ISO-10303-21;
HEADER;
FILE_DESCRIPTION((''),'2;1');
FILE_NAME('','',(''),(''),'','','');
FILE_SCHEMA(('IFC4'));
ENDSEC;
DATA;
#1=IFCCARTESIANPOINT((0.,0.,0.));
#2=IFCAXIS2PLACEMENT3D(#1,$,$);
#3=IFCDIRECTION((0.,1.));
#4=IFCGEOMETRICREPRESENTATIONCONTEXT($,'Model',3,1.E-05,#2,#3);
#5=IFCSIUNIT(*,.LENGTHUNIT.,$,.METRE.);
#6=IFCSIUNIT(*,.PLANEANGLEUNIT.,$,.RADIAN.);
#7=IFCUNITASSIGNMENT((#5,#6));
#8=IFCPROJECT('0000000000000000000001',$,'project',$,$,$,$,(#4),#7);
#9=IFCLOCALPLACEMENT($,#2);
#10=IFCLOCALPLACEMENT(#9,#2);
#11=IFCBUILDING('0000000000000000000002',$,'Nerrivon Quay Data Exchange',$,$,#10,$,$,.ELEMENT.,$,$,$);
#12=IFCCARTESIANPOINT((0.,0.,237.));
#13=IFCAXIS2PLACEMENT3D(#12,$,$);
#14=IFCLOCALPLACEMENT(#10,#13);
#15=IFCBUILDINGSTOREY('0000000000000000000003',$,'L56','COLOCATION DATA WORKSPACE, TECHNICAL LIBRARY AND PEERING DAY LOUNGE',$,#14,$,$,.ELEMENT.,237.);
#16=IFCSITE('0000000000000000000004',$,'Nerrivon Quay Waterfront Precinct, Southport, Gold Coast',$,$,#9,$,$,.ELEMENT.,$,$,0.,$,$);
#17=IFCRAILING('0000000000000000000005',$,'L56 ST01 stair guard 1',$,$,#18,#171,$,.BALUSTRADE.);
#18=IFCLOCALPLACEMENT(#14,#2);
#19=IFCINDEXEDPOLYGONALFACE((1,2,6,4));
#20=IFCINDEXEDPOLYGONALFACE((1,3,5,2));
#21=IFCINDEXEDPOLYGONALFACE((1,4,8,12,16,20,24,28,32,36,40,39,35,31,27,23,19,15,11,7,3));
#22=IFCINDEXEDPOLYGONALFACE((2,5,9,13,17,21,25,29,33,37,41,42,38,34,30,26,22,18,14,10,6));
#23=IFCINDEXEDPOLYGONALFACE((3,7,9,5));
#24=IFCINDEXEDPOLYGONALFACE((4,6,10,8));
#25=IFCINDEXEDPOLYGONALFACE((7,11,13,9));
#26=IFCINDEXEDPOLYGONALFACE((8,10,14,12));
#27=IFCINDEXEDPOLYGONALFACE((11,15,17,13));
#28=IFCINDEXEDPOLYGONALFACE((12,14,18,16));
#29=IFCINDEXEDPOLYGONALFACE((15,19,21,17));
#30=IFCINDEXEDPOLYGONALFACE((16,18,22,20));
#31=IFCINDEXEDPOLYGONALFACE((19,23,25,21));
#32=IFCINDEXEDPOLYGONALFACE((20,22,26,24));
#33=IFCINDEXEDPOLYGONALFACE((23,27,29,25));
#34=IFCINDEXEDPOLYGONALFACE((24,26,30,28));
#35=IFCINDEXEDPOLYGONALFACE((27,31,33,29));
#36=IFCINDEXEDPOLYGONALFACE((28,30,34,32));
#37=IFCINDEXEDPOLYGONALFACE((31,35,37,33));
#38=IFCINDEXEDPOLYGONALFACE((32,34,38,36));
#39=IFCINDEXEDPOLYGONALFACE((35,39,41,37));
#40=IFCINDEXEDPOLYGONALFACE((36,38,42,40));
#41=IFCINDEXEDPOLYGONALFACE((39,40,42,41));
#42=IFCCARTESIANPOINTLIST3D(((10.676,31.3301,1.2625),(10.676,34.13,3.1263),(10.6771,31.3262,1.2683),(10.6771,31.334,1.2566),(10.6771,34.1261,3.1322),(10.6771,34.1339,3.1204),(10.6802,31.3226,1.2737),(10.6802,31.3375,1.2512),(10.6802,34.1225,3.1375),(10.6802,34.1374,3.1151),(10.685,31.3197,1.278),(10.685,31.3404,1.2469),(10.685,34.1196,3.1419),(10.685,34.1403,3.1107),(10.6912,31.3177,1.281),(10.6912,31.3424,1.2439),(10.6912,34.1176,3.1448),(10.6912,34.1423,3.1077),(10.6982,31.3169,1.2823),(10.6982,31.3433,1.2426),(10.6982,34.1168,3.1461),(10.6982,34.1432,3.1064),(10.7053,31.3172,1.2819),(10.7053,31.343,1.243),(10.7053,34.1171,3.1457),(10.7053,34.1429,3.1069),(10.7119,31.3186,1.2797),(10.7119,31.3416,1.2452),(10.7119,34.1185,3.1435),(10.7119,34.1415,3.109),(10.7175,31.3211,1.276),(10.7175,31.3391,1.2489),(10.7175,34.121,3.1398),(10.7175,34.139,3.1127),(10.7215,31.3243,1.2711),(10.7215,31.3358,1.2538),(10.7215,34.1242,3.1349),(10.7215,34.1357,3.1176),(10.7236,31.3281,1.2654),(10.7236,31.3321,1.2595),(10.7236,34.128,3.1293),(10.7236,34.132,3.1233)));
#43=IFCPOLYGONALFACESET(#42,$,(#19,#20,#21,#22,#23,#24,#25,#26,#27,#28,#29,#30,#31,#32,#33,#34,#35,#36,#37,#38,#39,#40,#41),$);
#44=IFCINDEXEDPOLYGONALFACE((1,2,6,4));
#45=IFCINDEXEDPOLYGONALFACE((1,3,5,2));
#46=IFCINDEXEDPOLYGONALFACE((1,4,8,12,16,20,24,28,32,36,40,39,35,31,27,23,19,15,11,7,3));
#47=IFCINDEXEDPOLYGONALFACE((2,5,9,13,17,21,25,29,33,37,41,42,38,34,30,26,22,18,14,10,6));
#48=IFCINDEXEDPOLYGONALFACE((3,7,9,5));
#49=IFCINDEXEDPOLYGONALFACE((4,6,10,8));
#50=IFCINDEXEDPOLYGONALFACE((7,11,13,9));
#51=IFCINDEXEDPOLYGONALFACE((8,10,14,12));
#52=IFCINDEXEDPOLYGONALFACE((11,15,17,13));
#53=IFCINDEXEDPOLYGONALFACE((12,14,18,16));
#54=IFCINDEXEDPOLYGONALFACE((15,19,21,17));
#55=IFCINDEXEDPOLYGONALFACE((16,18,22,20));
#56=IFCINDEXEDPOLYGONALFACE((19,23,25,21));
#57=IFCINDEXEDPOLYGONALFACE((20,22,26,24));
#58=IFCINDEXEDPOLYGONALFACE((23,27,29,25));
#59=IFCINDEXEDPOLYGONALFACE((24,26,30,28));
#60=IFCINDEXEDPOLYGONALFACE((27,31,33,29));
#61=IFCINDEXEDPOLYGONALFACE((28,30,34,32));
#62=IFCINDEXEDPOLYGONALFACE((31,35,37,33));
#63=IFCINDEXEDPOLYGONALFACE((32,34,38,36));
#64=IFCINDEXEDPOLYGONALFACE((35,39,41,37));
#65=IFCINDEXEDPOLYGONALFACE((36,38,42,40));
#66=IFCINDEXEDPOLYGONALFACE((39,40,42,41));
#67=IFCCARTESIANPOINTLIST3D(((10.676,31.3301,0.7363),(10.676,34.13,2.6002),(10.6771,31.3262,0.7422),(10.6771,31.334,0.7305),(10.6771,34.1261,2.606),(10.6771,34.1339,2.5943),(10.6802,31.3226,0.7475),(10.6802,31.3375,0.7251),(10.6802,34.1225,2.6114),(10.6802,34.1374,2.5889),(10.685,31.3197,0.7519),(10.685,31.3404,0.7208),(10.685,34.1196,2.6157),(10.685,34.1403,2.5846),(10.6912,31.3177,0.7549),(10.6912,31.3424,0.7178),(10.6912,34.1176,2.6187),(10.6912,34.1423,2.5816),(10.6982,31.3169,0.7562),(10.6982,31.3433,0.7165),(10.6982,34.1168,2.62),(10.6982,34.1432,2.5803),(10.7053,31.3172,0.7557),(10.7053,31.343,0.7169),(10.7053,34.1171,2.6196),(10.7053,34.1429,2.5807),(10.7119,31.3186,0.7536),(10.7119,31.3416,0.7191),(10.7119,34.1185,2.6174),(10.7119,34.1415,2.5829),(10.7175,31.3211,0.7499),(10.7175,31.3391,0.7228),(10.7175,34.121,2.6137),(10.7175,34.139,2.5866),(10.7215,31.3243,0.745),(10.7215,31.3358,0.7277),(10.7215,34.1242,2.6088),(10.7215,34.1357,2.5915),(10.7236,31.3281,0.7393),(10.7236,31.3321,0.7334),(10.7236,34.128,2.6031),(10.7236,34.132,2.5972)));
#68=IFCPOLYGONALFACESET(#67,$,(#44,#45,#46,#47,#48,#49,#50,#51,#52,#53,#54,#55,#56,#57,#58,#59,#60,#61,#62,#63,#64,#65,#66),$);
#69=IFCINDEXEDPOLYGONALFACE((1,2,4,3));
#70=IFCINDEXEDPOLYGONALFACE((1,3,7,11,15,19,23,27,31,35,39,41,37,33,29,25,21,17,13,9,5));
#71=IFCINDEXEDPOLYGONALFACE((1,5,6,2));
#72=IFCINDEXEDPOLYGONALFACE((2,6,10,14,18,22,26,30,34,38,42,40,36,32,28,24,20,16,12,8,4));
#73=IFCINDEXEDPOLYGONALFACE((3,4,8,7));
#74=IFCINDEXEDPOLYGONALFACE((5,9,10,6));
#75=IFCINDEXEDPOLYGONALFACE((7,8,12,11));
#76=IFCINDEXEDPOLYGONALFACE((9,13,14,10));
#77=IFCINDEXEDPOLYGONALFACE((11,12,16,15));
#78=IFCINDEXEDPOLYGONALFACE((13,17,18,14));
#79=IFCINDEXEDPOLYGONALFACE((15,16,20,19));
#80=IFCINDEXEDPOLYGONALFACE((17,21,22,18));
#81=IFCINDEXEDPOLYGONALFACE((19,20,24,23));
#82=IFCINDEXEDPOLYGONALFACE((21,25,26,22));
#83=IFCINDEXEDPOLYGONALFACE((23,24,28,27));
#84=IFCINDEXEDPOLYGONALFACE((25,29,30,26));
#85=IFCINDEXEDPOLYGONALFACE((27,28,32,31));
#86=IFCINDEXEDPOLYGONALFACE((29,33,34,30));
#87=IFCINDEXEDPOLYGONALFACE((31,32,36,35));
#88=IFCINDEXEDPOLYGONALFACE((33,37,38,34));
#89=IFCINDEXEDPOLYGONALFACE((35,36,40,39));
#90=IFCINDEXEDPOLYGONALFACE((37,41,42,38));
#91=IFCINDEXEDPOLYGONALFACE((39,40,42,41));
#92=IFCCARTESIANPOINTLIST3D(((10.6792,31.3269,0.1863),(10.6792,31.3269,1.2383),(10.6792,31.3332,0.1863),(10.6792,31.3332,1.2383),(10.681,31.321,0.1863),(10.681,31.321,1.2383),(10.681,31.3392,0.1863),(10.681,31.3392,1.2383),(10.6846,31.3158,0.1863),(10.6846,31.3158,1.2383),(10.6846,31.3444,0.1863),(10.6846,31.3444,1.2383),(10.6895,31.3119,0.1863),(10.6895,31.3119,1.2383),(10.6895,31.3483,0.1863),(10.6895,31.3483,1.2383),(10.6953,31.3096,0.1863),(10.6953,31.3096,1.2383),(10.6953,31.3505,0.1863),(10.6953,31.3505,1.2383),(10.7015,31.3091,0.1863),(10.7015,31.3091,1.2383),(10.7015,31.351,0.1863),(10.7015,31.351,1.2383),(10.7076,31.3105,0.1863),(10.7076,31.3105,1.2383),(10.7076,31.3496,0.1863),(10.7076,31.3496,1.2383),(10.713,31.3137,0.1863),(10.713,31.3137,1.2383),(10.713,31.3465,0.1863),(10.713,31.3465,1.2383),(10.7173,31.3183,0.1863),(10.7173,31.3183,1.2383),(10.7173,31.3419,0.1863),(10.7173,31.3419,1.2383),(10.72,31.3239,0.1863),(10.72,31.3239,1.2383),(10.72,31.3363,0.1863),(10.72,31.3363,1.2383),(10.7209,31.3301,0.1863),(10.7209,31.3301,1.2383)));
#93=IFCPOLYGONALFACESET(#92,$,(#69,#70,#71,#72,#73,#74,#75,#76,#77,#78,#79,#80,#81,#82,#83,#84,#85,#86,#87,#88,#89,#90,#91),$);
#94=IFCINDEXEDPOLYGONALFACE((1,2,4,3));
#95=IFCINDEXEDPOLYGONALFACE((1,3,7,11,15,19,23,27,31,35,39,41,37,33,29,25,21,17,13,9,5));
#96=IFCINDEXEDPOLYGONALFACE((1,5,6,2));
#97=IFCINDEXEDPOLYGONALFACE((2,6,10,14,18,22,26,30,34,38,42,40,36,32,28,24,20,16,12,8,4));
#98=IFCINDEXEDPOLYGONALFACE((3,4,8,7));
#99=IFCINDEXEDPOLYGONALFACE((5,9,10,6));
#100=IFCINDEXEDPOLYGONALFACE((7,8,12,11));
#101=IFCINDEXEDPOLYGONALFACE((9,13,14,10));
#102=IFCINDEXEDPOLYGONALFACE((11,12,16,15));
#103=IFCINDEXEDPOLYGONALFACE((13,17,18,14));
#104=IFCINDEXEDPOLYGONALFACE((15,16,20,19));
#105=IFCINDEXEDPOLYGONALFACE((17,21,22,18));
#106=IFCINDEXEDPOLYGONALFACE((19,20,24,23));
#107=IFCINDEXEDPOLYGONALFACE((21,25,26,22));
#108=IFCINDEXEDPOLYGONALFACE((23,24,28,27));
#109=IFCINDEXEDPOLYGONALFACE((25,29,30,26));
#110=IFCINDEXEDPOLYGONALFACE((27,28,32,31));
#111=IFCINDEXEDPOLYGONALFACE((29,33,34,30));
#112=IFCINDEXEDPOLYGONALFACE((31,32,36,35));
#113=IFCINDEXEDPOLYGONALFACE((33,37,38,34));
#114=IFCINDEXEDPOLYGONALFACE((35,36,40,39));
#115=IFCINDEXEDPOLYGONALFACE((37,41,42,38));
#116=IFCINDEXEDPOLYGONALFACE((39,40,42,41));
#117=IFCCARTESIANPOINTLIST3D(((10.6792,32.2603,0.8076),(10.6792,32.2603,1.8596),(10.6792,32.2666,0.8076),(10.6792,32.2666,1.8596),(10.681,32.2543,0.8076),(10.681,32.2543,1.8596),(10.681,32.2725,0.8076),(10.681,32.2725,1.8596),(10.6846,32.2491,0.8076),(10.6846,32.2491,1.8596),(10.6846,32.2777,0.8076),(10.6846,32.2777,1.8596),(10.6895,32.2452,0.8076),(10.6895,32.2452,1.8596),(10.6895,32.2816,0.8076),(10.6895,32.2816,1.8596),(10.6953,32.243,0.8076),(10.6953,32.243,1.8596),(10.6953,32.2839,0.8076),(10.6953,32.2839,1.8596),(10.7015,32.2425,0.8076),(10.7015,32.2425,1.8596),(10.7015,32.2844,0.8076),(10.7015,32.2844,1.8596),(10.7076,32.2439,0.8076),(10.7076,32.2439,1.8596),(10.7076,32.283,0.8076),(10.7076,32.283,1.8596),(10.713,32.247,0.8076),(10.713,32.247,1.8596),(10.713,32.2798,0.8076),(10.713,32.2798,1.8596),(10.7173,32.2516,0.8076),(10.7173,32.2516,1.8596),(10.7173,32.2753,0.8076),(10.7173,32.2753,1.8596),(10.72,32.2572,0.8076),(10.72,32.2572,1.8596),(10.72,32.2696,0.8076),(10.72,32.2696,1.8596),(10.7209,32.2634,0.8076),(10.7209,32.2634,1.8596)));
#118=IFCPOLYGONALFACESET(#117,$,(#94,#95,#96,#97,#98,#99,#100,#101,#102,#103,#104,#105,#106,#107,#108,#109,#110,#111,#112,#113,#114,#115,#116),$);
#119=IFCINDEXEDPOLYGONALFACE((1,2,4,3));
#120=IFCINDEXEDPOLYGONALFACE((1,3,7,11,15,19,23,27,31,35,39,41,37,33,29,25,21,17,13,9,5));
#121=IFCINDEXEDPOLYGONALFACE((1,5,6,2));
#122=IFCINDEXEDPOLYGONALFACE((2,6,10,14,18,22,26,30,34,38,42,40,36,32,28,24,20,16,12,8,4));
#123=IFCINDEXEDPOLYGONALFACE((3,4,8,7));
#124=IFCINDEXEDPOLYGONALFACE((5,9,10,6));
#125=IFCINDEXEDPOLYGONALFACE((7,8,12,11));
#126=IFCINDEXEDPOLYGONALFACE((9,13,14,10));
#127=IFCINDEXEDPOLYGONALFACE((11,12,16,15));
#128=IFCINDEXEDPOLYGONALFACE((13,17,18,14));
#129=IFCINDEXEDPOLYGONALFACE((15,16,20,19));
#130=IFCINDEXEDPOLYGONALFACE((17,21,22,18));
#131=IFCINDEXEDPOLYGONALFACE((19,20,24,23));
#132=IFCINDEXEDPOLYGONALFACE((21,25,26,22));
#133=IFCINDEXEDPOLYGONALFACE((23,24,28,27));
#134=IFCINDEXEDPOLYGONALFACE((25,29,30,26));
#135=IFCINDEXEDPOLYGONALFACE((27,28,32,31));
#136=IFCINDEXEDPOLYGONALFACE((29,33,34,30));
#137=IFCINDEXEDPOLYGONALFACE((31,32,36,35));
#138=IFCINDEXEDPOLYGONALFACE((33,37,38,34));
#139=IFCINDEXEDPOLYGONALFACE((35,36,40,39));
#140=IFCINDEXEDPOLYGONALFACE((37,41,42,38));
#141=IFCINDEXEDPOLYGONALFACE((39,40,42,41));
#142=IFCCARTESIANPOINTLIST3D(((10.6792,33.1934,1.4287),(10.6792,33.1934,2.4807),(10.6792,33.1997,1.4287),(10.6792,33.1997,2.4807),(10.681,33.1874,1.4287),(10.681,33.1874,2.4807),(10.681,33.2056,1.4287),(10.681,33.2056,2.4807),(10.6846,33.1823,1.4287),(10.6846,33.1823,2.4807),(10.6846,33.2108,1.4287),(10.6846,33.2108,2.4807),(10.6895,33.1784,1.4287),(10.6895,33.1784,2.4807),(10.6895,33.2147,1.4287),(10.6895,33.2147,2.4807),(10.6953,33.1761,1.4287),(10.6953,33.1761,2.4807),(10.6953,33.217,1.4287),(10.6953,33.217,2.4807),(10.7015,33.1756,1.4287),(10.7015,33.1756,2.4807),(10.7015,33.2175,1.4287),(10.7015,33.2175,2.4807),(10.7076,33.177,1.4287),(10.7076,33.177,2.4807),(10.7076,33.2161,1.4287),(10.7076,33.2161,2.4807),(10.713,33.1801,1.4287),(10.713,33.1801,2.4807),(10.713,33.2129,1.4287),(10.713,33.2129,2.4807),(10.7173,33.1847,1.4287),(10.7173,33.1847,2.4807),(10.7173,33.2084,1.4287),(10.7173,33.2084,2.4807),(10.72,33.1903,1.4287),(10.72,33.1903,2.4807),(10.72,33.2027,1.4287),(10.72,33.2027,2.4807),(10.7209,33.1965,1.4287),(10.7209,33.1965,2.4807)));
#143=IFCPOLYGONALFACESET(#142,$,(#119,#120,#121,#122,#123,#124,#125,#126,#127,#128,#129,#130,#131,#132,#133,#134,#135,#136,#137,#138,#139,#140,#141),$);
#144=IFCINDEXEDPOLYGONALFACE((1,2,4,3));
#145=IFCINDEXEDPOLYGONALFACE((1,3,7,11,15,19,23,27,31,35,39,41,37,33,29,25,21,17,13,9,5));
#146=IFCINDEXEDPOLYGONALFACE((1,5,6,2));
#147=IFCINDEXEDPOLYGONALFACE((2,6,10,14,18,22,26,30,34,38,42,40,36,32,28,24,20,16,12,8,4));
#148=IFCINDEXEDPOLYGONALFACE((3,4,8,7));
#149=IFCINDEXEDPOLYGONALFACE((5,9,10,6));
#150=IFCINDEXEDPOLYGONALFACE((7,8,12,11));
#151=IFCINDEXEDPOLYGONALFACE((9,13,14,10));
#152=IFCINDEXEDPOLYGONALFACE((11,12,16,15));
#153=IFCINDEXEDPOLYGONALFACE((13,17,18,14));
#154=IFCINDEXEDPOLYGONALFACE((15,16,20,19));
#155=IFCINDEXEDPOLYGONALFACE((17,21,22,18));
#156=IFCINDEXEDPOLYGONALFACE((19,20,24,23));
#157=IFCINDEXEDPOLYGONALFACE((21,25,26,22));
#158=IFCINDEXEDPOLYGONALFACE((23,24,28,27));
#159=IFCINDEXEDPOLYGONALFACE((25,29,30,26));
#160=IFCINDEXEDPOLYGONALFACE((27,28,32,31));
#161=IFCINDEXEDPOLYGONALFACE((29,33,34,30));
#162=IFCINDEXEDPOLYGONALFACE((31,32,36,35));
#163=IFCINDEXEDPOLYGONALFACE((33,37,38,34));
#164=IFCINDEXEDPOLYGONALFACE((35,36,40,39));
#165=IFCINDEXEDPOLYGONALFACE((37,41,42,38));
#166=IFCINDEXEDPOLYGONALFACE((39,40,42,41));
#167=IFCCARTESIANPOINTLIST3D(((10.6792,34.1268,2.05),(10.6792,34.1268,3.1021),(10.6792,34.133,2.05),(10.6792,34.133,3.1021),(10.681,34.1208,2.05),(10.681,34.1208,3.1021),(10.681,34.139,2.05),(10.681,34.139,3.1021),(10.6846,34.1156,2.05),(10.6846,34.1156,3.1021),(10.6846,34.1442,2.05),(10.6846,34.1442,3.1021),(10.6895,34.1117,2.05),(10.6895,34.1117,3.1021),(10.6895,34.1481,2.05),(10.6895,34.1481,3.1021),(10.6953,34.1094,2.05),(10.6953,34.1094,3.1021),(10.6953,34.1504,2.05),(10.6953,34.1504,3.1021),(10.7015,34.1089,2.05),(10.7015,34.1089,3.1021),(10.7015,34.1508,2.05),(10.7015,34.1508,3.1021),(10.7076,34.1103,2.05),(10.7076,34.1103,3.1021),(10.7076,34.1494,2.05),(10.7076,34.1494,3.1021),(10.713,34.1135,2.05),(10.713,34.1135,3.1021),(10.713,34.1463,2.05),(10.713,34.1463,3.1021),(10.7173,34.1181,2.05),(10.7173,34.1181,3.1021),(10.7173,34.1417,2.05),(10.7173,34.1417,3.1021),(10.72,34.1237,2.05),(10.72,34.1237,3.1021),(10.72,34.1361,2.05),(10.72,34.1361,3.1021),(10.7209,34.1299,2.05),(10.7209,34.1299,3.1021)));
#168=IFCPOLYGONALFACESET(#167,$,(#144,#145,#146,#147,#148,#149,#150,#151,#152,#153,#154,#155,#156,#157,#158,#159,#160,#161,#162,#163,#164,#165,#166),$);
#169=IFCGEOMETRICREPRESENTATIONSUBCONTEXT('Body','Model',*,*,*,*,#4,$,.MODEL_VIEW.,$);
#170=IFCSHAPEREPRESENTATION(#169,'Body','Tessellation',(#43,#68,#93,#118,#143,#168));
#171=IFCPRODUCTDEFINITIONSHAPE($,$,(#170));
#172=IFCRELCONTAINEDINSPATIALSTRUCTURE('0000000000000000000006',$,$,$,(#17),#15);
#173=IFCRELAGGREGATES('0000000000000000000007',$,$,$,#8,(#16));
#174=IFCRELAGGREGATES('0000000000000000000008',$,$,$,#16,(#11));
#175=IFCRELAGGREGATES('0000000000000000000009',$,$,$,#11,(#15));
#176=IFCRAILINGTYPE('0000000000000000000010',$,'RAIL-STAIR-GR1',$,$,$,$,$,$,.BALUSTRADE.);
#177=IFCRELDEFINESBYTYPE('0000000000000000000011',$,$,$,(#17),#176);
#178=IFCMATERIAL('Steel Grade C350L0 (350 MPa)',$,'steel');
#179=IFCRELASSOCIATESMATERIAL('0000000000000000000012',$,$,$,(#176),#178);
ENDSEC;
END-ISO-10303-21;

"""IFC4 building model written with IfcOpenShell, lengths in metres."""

from ifc_helpers import new_model, si_unit, direction, frame, origin, origin_2d, place, context, subcontext, project, spatial, circle, extrude, material, type_object, element, save


model = new_model("IFC4")

# Units and contexts
model_context = context("Model", 3, precision=1e-05, world=origin(), true_north=direction((0.0, 1.0)))
body_context = subcontext(model_context, "Body", "Model", "MODEL_VIEW")
ifc_project = project(units=[si_unit("LENGTHUNIT", "METRE"), si_unit("PLANEANGLEUNIT", "RADIAN")], contexts=[model_context])

# Site, building, storey
site_placement = place(None, origin())
site = spatial("IfcSite", under=ifc_project, at=site_placement, Name="Nerrivon Quay Waterfront Precinct, Southport, Gold Coast", CompositionType="ELEMENT", RefElevation=0.0)
building_placement = place(site_placement, origin())
building = spatial("IfcBuilding", under=site, at=building_placement, Name="Nerrivon Quay Data Exchange", CompositionType="ELEMENT")
storey_placement = place(building_placement, frame((0.0, 0.0, 237.0)))
storey = spatial("IfcBuildingStorey", under=building, at=storey_placement, Name="L56", Description="COLOCATION DATA WORKSPACE, TECHNICAL LIBRARY AND PEERING DAY LOUNGE", CompositionType="ELEMENT", Elevation=237.0)

# Railing
ifc_material_1 = material(Name="Steel Grade C350L0 (350 MPa)", Category="steel")
railing_type_1 = type_object("IfcRailingType", Name="RAIL-STAIR-GR1", PredefinedType="BALUSTRADE", material=ifc_material_1)
railing_1_placement = place(storey_placement, frame((10.7, 31.3301, 0.1863)))
element("IfcRailing", 1, at=railing_1_placement, inside=storey, type_object=railing_type_1, Name="L56 ST01 stair guard 1", PredefinedType="BALUSTRADE", context=body_context, shape_type="SweptSolid", body=[
    extrude(circle(Radius=0.0239, at=origin_2d()), frame((0.0, 0.0, 1.0762), z_axis=(0.0, 0.83243, 0.554131), x_axis=(-1.0, 0.0, 0.0)), (0.0, 0.0, 1.0), 3.3635),
    extrude(circle(Radius=0.0239, at=origin_2d()), frame((0.0, 0.0, 0.55), z_axis=(0.0, 0.83243, 0.554131), x_axis=(-1.0, 0.0, 0.0)), (0.0, 0.0, 1.0), 3.3635),
    extrude(circle(Radius=0.021, at=origin_2d()), origin(), (0.0, 0.0, 1.0), 1.052),
    extrude(circle(Radius=0.021, at=origin_2d()), frame((0.0, 0.9333, 0.6213)), (0.0, 0.0, 1.0), 1.052),
    extrude(circle(Radius=0.021, at=origin_2d()), frame((0.0, 1.8665, 1.2424)), (0.0, 0.0, 1.0), 1.052),
    extrude(circle(Radius=0.021, at=origin_2d()), frame((0.0, 2.7998, 1.8638)), (0.0, 0.0, 1.0), 1.052),
])

save(model, "model.ifc")
